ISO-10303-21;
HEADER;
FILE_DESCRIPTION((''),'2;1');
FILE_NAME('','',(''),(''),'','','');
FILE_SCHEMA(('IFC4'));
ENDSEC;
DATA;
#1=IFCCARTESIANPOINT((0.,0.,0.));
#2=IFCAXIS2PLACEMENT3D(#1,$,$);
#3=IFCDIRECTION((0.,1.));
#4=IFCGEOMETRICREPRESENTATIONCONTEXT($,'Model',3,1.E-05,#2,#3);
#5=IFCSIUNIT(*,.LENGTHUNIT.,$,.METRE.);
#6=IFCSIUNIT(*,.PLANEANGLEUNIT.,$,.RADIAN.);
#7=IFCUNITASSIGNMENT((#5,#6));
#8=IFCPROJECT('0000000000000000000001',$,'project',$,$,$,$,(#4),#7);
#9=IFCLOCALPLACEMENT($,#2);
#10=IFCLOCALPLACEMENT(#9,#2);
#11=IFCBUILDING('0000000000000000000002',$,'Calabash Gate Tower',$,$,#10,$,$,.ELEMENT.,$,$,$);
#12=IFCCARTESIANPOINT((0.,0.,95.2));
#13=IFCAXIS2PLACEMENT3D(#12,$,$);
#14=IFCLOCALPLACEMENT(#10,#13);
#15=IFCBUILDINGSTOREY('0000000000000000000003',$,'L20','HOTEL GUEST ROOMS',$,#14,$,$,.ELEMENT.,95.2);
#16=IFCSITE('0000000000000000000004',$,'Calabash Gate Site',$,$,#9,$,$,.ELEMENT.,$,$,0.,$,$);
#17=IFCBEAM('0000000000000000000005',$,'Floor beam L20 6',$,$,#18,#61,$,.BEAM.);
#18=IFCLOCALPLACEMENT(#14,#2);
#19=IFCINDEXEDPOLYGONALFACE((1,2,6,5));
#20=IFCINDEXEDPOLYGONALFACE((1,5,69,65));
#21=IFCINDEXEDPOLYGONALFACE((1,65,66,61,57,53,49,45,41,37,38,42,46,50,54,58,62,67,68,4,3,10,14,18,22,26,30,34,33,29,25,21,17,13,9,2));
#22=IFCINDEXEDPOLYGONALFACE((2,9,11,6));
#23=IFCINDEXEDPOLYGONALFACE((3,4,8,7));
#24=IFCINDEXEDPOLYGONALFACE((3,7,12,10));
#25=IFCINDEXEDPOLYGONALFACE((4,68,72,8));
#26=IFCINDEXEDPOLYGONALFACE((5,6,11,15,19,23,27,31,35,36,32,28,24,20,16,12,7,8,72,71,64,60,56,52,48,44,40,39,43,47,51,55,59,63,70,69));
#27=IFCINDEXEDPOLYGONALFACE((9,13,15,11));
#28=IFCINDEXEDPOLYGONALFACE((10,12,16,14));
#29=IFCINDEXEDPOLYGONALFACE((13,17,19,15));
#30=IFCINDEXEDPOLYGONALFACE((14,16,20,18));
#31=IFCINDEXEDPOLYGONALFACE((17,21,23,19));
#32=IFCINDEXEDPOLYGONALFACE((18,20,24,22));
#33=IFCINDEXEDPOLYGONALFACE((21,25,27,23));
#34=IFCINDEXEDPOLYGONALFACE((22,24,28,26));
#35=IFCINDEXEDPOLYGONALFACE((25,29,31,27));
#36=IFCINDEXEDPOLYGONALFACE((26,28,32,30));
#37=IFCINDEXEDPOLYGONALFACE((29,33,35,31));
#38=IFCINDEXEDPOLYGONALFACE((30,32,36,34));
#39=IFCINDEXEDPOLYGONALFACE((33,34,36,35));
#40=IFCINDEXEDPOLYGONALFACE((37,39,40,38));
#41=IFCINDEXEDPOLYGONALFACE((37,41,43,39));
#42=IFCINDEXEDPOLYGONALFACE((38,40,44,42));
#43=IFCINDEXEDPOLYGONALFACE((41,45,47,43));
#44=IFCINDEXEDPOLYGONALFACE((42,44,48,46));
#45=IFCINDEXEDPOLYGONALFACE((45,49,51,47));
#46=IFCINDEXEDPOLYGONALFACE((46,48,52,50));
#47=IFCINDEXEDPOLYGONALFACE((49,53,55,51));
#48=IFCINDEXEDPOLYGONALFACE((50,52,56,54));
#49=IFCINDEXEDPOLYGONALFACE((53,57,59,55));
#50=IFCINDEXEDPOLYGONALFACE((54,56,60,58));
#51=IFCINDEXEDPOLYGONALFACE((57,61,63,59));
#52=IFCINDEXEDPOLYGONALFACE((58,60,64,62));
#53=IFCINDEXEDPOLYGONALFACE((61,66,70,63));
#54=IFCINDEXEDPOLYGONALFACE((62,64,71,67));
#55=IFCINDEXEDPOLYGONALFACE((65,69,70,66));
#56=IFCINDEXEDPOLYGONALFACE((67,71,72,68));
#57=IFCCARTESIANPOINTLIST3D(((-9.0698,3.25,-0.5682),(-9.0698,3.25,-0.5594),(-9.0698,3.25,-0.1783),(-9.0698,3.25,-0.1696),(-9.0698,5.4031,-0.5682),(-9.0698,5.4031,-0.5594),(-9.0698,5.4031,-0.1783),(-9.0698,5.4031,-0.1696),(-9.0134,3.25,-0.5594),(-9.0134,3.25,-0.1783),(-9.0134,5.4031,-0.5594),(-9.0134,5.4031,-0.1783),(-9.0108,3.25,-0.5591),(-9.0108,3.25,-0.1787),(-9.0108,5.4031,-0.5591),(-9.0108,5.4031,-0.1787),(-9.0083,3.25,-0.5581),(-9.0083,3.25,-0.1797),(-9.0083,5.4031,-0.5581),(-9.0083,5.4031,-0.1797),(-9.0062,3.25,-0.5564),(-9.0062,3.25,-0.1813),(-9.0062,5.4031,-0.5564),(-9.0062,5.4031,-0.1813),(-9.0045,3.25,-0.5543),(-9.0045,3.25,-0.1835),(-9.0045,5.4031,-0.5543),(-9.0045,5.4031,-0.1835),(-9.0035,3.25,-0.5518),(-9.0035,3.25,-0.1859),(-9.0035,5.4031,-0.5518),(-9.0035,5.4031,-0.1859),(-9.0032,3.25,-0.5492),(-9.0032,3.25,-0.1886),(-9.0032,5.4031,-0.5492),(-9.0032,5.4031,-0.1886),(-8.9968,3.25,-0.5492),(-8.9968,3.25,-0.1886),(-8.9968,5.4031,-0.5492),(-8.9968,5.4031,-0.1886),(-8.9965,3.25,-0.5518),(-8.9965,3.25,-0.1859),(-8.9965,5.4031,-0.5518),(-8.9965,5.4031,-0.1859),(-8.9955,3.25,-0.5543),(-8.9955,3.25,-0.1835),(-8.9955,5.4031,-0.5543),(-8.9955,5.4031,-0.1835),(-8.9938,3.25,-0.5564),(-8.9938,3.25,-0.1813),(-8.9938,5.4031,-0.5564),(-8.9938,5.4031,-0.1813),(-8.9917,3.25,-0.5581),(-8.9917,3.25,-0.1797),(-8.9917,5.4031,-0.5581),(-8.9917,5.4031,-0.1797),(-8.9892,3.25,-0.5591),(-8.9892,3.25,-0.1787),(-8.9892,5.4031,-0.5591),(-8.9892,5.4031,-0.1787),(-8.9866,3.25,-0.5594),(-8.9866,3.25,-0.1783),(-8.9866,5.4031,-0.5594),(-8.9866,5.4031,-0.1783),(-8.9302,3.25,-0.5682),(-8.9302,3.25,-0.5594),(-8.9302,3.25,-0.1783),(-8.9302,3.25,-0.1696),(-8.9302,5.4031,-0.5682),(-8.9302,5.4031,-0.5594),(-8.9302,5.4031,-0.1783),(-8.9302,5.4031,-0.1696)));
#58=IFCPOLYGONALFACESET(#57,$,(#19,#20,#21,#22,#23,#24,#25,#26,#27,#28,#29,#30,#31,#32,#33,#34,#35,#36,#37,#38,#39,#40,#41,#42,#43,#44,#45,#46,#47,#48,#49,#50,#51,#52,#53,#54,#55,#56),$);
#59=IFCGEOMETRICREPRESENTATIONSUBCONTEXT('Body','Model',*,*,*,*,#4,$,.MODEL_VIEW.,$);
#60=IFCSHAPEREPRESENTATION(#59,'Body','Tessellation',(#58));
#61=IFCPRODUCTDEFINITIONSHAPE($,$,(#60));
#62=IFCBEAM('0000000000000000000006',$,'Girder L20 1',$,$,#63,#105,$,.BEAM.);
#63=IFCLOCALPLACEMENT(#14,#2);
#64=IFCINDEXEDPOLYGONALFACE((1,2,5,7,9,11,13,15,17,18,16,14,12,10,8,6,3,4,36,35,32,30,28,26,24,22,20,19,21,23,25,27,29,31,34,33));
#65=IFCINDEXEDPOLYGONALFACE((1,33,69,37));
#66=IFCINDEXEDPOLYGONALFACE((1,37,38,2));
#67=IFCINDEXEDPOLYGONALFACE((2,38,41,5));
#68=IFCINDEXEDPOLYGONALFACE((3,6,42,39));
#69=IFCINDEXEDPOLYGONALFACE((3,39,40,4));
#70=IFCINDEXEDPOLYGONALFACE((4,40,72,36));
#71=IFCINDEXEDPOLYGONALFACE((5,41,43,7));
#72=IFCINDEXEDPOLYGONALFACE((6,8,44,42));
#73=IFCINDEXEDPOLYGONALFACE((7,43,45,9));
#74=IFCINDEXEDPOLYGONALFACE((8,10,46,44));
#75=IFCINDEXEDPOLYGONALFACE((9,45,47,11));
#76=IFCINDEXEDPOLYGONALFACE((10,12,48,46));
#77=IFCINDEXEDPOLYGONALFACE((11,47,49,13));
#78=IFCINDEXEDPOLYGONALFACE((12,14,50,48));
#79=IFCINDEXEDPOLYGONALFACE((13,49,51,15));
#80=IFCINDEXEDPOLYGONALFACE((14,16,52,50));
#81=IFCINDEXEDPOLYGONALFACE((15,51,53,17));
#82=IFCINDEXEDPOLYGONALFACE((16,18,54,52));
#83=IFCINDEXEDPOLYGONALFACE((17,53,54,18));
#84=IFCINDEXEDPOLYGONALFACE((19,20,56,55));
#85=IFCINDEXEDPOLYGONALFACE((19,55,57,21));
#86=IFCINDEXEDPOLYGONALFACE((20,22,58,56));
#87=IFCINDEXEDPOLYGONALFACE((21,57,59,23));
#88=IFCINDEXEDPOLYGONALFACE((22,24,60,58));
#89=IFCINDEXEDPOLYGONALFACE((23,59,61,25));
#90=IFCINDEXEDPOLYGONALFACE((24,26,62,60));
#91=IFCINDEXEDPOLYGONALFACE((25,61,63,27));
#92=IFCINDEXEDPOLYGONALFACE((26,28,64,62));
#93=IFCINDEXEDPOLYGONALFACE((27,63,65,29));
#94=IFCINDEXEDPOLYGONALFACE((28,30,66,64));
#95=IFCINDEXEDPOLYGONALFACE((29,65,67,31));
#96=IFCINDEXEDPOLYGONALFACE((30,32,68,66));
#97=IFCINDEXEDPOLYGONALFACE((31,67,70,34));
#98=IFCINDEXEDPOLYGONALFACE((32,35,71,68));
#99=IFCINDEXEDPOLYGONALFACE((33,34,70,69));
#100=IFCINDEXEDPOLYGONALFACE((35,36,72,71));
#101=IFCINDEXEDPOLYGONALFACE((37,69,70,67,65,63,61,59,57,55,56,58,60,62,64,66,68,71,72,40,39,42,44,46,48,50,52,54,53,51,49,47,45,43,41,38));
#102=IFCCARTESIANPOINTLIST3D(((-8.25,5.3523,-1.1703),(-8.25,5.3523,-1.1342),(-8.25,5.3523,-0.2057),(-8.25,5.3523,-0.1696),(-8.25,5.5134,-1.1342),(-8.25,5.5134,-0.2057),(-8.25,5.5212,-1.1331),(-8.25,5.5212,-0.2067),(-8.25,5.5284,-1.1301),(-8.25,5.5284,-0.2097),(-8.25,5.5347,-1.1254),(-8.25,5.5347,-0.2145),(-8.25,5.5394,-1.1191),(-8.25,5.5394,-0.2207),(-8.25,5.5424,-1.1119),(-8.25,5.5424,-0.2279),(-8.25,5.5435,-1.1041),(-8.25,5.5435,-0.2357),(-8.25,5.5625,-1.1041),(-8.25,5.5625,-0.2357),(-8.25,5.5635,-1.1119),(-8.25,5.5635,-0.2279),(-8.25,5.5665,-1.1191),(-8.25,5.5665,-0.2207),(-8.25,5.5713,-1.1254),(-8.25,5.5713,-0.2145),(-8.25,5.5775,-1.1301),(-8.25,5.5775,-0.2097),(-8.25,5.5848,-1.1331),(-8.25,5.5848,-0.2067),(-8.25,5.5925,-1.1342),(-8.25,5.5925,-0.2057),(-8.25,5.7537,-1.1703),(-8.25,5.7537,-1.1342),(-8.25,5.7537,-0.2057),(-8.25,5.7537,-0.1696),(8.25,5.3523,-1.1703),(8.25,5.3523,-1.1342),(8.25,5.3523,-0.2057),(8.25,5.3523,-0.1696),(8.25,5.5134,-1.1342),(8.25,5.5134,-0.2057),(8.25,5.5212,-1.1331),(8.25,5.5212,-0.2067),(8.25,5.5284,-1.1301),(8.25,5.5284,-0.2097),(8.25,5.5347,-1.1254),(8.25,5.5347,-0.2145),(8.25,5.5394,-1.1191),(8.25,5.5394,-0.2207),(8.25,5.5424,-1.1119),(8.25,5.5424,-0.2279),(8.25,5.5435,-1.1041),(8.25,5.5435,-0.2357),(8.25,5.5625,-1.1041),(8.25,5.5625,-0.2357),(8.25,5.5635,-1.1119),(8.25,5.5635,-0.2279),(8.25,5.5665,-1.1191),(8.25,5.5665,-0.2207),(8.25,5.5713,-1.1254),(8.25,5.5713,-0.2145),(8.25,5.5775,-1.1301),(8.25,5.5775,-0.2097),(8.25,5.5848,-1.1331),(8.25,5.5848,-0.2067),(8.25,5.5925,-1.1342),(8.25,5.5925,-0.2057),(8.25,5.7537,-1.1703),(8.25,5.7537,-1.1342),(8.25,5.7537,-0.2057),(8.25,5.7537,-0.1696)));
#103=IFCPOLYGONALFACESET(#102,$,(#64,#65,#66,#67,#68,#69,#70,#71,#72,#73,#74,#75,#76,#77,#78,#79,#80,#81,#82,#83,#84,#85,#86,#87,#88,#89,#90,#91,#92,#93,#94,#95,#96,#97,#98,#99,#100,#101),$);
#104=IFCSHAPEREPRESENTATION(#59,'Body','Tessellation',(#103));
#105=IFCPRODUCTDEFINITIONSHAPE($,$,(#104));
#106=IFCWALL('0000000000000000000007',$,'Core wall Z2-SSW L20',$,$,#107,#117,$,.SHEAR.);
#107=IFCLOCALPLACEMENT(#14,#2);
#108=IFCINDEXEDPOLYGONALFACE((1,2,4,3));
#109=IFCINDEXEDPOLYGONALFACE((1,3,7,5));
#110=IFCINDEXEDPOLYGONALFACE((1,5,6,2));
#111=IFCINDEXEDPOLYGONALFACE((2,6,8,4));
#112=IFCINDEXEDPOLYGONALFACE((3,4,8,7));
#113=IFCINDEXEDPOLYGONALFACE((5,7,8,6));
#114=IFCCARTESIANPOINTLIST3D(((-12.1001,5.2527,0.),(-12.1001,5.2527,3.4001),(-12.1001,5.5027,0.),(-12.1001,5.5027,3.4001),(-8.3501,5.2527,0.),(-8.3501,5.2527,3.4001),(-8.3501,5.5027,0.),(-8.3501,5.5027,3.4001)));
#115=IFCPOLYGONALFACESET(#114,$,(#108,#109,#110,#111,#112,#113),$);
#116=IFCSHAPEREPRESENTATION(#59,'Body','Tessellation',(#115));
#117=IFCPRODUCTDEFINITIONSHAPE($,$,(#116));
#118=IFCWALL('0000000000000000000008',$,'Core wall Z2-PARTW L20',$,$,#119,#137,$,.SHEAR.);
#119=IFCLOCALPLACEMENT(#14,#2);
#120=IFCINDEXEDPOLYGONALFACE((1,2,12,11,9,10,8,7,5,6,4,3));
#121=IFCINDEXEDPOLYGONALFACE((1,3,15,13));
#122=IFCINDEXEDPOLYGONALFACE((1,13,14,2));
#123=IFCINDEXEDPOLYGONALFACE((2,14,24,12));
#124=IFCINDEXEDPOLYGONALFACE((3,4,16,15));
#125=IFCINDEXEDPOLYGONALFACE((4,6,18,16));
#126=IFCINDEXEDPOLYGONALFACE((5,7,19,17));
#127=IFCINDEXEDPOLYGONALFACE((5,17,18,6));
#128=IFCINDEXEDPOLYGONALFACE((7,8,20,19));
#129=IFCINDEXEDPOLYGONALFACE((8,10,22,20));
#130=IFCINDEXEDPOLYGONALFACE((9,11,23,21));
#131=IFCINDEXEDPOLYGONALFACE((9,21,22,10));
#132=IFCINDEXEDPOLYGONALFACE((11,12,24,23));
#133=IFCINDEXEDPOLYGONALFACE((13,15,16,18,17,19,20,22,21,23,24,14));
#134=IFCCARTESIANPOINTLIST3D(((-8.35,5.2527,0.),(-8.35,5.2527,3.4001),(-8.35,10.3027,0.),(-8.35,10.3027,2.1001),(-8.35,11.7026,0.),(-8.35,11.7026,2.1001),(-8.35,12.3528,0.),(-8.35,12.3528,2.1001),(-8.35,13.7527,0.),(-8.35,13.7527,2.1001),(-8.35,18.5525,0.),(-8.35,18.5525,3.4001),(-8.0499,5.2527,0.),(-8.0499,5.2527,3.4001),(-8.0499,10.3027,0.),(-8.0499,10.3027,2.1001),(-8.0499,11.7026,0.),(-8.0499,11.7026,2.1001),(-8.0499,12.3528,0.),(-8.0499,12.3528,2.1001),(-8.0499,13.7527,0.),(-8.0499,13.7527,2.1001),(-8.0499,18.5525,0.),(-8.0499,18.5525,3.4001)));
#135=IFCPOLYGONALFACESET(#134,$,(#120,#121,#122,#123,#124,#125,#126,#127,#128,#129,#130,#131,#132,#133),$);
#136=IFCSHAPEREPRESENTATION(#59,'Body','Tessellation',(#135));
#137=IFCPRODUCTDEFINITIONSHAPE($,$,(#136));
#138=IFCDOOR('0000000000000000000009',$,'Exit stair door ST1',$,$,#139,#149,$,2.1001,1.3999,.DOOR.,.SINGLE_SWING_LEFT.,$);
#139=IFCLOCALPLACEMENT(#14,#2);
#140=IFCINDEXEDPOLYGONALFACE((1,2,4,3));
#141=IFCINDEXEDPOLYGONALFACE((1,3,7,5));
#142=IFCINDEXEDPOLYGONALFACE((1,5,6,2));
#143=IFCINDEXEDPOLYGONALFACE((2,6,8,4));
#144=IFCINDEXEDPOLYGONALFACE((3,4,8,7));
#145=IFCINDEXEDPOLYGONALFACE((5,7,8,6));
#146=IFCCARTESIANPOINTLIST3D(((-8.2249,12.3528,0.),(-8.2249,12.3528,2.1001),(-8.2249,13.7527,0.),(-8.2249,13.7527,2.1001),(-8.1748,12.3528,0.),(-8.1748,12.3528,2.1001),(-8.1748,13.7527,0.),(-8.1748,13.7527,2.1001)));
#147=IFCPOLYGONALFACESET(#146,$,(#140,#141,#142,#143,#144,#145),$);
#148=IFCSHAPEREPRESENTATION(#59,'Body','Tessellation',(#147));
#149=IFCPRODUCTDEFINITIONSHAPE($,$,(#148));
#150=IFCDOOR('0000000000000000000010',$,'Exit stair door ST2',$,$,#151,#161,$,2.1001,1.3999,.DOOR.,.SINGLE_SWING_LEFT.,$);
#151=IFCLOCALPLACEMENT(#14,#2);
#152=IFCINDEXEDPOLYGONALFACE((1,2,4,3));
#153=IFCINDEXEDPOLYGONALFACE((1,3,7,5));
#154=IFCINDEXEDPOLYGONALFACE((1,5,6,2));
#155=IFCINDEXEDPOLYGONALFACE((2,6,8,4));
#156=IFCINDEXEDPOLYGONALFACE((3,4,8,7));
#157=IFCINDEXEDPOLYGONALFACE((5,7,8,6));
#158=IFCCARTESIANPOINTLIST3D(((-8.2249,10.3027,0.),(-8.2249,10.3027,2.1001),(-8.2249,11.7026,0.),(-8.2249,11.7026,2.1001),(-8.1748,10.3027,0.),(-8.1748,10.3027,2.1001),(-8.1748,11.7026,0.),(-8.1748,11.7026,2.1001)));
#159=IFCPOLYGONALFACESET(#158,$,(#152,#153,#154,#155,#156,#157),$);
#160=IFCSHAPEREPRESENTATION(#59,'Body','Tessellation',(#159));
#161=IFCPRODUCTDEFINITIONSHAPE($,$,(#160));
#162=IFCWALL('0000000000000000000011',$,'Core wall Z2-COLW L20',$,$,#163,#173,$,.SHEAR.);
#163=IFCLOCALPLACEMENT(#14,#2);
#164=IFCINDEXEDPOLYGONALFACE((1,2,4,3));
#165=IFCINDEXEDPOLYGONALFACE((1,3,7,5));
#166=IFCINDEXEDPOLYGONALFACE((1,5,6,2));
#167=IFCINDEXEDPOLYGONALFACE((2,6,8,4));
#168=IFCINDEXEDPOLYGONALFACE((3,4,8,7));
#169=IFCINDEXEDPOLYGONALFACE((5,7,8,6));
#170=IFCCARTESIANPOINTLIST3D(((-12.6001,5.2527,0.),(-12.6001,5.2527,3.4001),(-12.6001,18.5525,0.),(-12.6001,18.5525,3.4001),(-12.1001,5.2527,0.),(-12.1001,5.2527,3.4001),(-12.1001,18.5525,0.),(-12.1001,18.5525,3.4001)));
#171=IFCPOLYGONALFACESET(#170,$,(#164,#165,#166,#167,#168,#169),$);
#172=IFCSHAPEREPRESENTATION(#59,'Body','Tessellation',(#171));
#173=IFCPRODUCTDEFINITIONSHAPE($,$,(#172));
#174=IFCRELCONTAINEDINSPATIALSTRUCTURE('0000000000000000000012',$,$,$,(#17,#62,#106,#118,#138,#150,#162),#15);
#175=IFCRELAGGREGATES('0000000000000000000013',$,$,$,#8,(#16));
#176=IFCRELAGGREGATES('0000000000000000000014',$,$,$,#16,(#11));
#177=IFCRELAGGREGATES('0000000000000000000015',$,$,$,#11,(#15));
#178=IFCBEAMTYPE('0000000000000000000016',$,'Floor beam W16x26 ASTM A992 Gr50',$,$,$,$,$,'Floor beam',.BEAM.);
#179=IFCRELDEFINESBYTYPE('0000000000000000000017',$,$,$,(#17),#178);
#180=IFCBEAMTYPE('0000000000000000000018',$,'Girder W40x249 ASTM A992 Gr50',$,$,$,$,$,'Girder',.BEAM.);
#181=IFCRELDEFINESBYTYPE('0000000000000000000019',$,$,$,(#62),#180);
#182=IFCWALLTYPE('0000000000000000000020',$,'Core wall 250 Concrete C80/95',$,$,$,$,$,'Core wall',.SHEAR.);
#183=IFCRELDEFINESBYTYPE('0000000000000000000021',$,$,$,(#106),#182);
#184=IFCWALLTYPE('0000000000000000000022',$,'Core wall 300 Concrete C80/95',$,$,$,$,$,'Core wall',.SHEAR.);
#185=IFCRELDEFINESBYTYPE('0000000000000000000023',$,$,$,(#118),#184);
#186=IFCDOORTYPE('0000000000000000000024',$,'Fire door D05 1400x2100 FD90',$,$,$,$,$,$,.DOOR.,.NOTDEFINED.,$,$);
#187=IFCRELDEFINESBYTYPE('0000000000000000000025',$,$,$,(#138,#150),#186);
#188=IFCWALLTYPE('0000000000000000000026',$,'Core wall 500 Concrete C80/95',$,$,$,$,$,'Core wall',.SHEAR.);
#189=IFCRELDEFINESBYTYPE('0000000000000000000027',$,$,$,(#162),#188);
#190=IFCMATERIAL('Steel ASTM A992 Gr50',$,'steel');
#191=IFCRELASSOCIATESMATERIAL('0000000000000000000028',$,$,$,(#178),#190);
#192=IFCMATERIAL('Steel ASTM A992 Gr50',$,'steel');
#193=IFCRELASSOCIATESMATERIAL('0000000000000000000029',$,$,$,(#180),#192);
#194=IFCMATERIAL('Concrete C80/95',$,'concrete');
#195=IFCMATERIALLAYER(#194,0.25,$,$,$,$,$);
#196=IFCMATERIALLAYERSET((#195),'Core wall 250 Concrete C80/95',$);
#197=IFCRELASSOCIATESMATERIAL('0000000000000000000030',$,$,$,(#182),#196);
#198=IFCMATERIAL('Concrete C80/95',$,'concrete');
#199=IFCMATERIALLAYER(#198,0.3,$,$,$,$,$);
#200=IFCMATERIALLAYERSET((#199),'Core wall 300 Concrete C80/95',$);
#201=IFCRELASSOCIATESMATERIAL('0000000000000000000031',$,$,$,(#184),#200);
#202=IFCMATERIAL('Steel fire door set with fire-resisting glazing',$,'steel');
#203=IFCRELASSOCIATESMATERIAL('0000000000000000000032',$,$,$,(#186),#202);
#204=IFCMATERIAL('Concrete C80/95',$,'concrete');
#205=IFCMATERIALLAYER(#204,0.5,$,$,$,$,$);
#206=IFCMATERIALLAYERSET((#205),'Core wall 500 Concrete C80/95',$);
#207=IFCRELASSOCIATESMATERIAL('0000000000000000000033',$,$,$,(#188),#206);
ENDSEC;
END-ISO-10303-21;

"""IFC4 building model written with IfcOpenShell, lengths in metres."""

from ifc_helpers import new_model, si_unit, direction, frame, frame_2d, origin, origin_2d, place, context, subcontext, project, spatial, rectangle, i_section, extrude, material, layer, layer_set, material_profile, profile_set, type_object, element, fill, save


model = new_model("IFC4")

# Units and contexts
model_context = context("Model", 3, precision=1e-05, world=origin(), true_north=direction((0.0, 1.0)))
body_context = subcontext(model_context, "Body", "Model", "MODEL_VIEW")
ifc_project = project(units=[si_unit("LENGTHUNIT", "METRE"), si_unit("PLANEANGLEUNIT", "RADIAN")], contexts=[model_context])

# Site, building, storey
site_placement = place(None, origin())
site = spatial("IfcSite", under=ifc_project, at=site_placement, Name="Calabash Gate Site", CompositionType="ELEMENT", RefElevation=0.0)
building_placement = place(site_placement, origin())
building = spatial("IfcBuilding", under=site, at=building_placement, Name="Calabash Gate Tower", CompositionType="ELEMENT")
storey_placement = place(building_placement, frame((0.0, 0.0, 95.2)))
storey = spatial("IfcBuildingStorey", under=building, at=storey_placement, Name="L20", Description="HOTEL GUEST ROOMS", CompositionType="ELEMENT", Elevation=95.2)

# Beams
ifc_material_1 = material(Name="Steel ASTM A992 Gr50", Category="steel")
ifc_material_profile_1 = material_profile(ifc_material_1, i_section(OverallWidth=0.1396, OverallDepth=0.3987, WebThickness=0.0063, FlangeThickness=0.0088, FilletRadius=0.0103, at=origin_2d()))
ifc_profile_set_1 = profile_set([ifc_material_profile_1], Name="Steel ASTM A992 Gr50")
beam_type_1 = type_object("IfcBeamType", Name="Floor beam W16x26 ASTM A992 Gr50", ElementType="Floor beam", PredefinedType="BEAM", material=ifc_profile_set_1)
beam_1_placement = place(storey_placement, frame((-9.0, 3.25, -0.3689), z_axis=(0.0, 1.0, 0.0), x_axis=(-1.0, 0.0, 0.0)))
element("IfcBeam", 1, at=beam_1_placement, inside=storey, type_object=beam_type_1, Name="Floor beam L20 6", PredefinedType="BEAM", context=body_context, shape_type="SweptSolid", body=[
    extrude(i_section(OverallWidth=0.1396, OverallDepth=0.3987, WebThickness=0.0063, FlangeThickness=0.0088, FilletRadius=0.0103, at=origin_2d()), origin(), (0.0, 0.0, 1.0), 2.1531),
])
ifc_material_2 = material(Name="Steel ASTM A992 Gr50", Category="steel")
ifc_material_profile_2 = material_profile(ifc_material_2, i_section(OverallWidth=0.4014, OverallDepth=1.0007, WebThickness=0.019, FlangeThickness=0.0361, FilletRadius=0.03, at=origin_2d()))
ifc_profile_set_2 = profile_set([ifc_material_profile_2], Name="Steel ASTM A992 Gr50")
beam_type_2 = type_object("IfcBeamType", Name="Girder W40x249 ASTM A992 Gr50", ElementType="Girder", PredefinedType="BEAM", material=ifc_profile_set_2)
beam_2_placement = place(storey_placement, frame((-8.25, 5.553, -0.6699), z_axis=(1.0, 0.0, 0.0), x_axis=(0.0, 1.0, 0.0)))
element("IfcBeam", 2, at=beam_2_placement, inside=storey, type_object=beam_type_2, Name="Girder L20 1", PredefinedType="BEAM", context=body_context, shape_type="SweptSolid", body=[
    extrude(i_section(OverallWidth=0.4014, OverallDepth=1.0007, WebThickness=0.019, FlangeThickness=0.0361, FilletRadius=0.03, at=origin_2d()), origin(), (0.0, 0.0, 1.0), 16.5),
])

# Wall
ifc_material_3 = material(Name="Concrete C80/95", Category="concrete")
ifc_layer_1 = layer(ifc_material_3, 0.25)
ifc_layer_set_1 = layer_set([ifc_layer_1], Name="Core wall 250 Concrete C80/95")
wall_type_1 = type_object("IfcWallType", Name="Core wall 250 Concrete C80/95", ElementType="Core wall", PredefinedType="SHEAR", material=ifc_layer_set_1)
wall_1_placement = place(storey_placement, frame((-12.1001, 5.3777, 0.0), z_axis=(0.0, 0.0, 1.0), x_axis=(1.0, 0.0, 0.0)))
element("IfcWall", 3, at=wall_1_placement, inside=storey, type_object=wall_type_1, Name="Core wall Z2-SSW L20", PredefinedType="SHEAR", context=body_context, shape_type="SweptSolid", body=[
    extrude(rectangle(XDim=3.75, YDim=0.25, at=frame_2d((1.875, 0.0))), origin(), (0.0, 0.0, 1.0), 3.4001),
])

# Wall, openings, doors
ifc_material_4 = material(Name="Concrete C80/95", Category="concrete")
ifc_layer_2 = layer(ifc_material_4, 0.3)
ifc_layer_set_2 = layer_set([ifc_layer_2], Name="Core wall 300 Concrete C80/95")
wall_type_2 = type_object("IfcWallType", Name="Core wall 300 Concrete C80/95", ElementType="Core wall", PredefinedType="SHEAR", material=ifc_layer_set_2)
wall_2_placement = place(storey_placement, frame((-8.2, 5.2527, 0.0), z_axis=(0.0, 0.0, 1.0), x_axis=(0.0, 1.0, 0.0)))
wall_2 = element("IfcWall", 4, at=wall_2_placement, inside=storey, type_object=wall_type_2, Name="Core wall Z2-PARTW L20", PredefinedType="SHEAR", context=body_context, shape_type="SweptSolid", body=[
    extrude(rectangle(XDim=13.2998, YDim=0.3, at=frame_2d((6.6499, 0.0))), origin(), (0.0, 0.0, 1.0), 3.4001),
])
opening_1_placement = place(wall_2_placement, frame((7.1001, 0.0, 0.0)))
opening_1 = element("IfcOpeningElement", 5, at=opening_1_placement, cuts=wall_2, PredefinedType="OPENING", context=body_context, shape_type="SweptSolid", body=[
    extrude(rectangle(XDim=1.3999, YDim=2.1001, at=frame_2d((0.7, 1.05))), frame((0.0, 0.1599, 0.0), z_axis=(0.0, -1.0, 0.0), x_axis=(1.0, 0.0, 0.0)), (0.0, 0.0, 1.0), 0.3201),
])
opening_2_placement = place(wall_2_placement, frame((5.05, 0.0, 0.0)))
opening_2 = element("IfcOpeningElement", 6, at=opening_2_placement, cuts=wall_2, PredefinedType="OPENING", context=body_context, shape_type="SweptSolid", body=[
    extrude(rectangle(XDim=1.3999, YDim=2.1001, at=frame_2d((0.7, 1.05))), frame((0.0, 0.1599, 0.0), z_axis=(0.0, -1.0, 0.0), x_axis=(1.0, 0.0, 0.0)), (0.0, 0.0, 1.0), 0.3201),
])
ifc_material_5 = material(Name="Steel fire door set with fire-resisting glazing", Category="steel")
door_type_1 = type_object("IfcDoorType", Name="Fire door D05 1400x2100 FD90", OperationType="NOTDEFINED", PredefinedType="DOOR", material=ifc_material_5)
door_1_placement = place(opening_1_placement, origin())
door_1 = element("IfcDoor", 7, at=door_1_placement, inside=storey, type_object=door_type_1, Name="Exit stair door ST1", OperationType="SINGLE_SWING_LEFT", OverallHeight=2.1001, OverallWidth=1.3999, PredefinedType="DOOR", context=body_context, shape_type="SweptSolid", body=[
    extrude(rectangle(XDim=1.3999, YDim=2.1001, at=frame_2d((0.7, 1.05))), frame((0.0, 0.0249, 0.0), z_axis=(0.0, -1.0, 0.0), x_axis=(1.0, 0.0, 0.0)), (0.0, 0.0, 1.0), 0.05),
])
fill(opening_1, door_1)
door_2_placement = place(opening_2_placement, origin())
door_2 = element("IfcDoor", 8, at=door_2_placement, inside=storey, type_object=door_type_1, Name="Exit stair door ST2", OperationType="SINGLE_SWING_LEFT", OverallHeight=2.1001, OverallWidth=1.3999, PredefinedType="DOOR", context=body_context, shape_type="SweptSolid", body=[
    extrude(rectangle(XDim=1.3999, YDim=2.1001, at=frame_2d((0.7, 1.05))), frame((0.0, 0.0249, 0.0), z_axis=(0.0, -1.0, 0.0), x_axis=(1.0, 0.0, 0.0)), (0.0, 0.0, 1.0), 0.05),
])
fill(opening_2, door_2)

# Wall
ifc_material_6 = material(Name="Concrete C80/95", Category="concrete")
ifc_layer_3 = layer(ifc_material_6, 0.5)
ifc_layer_set_3 = layer_set([ifc_layer_3], Name="Core wall 500 Concrete C80/95")
wall_type_3 = type_object("IfcWallType", Name="Core wall 500 Concrete C80/95", ElementType="Core wall", PredefinedType="SHEAR", material=ifc_layer_set_3)
wall_3_placement = place(storey_placement, frame((-12.3501, 5.2527, 0.0), z_axis=(0.0, 0.0, 1.0), x_axis=(0.0, 1.0, 0.0)))
element("IfcWall", 9, at=wall_3_placement, inside=storey, type_object=wall_type_3, Name="Core wall Z2-COLW L20", PredefinedType="SHEAR", context=body_context, shape_type="SweptSolid", body=[
    extrude(rectangle(XDim=13.2998, YDim=0.5, at=frame_2d((6.6499, 0.0))), origin(), (0.0, 0.0, 1.0), 3.4001),
])

save(model, "model.ifc")
